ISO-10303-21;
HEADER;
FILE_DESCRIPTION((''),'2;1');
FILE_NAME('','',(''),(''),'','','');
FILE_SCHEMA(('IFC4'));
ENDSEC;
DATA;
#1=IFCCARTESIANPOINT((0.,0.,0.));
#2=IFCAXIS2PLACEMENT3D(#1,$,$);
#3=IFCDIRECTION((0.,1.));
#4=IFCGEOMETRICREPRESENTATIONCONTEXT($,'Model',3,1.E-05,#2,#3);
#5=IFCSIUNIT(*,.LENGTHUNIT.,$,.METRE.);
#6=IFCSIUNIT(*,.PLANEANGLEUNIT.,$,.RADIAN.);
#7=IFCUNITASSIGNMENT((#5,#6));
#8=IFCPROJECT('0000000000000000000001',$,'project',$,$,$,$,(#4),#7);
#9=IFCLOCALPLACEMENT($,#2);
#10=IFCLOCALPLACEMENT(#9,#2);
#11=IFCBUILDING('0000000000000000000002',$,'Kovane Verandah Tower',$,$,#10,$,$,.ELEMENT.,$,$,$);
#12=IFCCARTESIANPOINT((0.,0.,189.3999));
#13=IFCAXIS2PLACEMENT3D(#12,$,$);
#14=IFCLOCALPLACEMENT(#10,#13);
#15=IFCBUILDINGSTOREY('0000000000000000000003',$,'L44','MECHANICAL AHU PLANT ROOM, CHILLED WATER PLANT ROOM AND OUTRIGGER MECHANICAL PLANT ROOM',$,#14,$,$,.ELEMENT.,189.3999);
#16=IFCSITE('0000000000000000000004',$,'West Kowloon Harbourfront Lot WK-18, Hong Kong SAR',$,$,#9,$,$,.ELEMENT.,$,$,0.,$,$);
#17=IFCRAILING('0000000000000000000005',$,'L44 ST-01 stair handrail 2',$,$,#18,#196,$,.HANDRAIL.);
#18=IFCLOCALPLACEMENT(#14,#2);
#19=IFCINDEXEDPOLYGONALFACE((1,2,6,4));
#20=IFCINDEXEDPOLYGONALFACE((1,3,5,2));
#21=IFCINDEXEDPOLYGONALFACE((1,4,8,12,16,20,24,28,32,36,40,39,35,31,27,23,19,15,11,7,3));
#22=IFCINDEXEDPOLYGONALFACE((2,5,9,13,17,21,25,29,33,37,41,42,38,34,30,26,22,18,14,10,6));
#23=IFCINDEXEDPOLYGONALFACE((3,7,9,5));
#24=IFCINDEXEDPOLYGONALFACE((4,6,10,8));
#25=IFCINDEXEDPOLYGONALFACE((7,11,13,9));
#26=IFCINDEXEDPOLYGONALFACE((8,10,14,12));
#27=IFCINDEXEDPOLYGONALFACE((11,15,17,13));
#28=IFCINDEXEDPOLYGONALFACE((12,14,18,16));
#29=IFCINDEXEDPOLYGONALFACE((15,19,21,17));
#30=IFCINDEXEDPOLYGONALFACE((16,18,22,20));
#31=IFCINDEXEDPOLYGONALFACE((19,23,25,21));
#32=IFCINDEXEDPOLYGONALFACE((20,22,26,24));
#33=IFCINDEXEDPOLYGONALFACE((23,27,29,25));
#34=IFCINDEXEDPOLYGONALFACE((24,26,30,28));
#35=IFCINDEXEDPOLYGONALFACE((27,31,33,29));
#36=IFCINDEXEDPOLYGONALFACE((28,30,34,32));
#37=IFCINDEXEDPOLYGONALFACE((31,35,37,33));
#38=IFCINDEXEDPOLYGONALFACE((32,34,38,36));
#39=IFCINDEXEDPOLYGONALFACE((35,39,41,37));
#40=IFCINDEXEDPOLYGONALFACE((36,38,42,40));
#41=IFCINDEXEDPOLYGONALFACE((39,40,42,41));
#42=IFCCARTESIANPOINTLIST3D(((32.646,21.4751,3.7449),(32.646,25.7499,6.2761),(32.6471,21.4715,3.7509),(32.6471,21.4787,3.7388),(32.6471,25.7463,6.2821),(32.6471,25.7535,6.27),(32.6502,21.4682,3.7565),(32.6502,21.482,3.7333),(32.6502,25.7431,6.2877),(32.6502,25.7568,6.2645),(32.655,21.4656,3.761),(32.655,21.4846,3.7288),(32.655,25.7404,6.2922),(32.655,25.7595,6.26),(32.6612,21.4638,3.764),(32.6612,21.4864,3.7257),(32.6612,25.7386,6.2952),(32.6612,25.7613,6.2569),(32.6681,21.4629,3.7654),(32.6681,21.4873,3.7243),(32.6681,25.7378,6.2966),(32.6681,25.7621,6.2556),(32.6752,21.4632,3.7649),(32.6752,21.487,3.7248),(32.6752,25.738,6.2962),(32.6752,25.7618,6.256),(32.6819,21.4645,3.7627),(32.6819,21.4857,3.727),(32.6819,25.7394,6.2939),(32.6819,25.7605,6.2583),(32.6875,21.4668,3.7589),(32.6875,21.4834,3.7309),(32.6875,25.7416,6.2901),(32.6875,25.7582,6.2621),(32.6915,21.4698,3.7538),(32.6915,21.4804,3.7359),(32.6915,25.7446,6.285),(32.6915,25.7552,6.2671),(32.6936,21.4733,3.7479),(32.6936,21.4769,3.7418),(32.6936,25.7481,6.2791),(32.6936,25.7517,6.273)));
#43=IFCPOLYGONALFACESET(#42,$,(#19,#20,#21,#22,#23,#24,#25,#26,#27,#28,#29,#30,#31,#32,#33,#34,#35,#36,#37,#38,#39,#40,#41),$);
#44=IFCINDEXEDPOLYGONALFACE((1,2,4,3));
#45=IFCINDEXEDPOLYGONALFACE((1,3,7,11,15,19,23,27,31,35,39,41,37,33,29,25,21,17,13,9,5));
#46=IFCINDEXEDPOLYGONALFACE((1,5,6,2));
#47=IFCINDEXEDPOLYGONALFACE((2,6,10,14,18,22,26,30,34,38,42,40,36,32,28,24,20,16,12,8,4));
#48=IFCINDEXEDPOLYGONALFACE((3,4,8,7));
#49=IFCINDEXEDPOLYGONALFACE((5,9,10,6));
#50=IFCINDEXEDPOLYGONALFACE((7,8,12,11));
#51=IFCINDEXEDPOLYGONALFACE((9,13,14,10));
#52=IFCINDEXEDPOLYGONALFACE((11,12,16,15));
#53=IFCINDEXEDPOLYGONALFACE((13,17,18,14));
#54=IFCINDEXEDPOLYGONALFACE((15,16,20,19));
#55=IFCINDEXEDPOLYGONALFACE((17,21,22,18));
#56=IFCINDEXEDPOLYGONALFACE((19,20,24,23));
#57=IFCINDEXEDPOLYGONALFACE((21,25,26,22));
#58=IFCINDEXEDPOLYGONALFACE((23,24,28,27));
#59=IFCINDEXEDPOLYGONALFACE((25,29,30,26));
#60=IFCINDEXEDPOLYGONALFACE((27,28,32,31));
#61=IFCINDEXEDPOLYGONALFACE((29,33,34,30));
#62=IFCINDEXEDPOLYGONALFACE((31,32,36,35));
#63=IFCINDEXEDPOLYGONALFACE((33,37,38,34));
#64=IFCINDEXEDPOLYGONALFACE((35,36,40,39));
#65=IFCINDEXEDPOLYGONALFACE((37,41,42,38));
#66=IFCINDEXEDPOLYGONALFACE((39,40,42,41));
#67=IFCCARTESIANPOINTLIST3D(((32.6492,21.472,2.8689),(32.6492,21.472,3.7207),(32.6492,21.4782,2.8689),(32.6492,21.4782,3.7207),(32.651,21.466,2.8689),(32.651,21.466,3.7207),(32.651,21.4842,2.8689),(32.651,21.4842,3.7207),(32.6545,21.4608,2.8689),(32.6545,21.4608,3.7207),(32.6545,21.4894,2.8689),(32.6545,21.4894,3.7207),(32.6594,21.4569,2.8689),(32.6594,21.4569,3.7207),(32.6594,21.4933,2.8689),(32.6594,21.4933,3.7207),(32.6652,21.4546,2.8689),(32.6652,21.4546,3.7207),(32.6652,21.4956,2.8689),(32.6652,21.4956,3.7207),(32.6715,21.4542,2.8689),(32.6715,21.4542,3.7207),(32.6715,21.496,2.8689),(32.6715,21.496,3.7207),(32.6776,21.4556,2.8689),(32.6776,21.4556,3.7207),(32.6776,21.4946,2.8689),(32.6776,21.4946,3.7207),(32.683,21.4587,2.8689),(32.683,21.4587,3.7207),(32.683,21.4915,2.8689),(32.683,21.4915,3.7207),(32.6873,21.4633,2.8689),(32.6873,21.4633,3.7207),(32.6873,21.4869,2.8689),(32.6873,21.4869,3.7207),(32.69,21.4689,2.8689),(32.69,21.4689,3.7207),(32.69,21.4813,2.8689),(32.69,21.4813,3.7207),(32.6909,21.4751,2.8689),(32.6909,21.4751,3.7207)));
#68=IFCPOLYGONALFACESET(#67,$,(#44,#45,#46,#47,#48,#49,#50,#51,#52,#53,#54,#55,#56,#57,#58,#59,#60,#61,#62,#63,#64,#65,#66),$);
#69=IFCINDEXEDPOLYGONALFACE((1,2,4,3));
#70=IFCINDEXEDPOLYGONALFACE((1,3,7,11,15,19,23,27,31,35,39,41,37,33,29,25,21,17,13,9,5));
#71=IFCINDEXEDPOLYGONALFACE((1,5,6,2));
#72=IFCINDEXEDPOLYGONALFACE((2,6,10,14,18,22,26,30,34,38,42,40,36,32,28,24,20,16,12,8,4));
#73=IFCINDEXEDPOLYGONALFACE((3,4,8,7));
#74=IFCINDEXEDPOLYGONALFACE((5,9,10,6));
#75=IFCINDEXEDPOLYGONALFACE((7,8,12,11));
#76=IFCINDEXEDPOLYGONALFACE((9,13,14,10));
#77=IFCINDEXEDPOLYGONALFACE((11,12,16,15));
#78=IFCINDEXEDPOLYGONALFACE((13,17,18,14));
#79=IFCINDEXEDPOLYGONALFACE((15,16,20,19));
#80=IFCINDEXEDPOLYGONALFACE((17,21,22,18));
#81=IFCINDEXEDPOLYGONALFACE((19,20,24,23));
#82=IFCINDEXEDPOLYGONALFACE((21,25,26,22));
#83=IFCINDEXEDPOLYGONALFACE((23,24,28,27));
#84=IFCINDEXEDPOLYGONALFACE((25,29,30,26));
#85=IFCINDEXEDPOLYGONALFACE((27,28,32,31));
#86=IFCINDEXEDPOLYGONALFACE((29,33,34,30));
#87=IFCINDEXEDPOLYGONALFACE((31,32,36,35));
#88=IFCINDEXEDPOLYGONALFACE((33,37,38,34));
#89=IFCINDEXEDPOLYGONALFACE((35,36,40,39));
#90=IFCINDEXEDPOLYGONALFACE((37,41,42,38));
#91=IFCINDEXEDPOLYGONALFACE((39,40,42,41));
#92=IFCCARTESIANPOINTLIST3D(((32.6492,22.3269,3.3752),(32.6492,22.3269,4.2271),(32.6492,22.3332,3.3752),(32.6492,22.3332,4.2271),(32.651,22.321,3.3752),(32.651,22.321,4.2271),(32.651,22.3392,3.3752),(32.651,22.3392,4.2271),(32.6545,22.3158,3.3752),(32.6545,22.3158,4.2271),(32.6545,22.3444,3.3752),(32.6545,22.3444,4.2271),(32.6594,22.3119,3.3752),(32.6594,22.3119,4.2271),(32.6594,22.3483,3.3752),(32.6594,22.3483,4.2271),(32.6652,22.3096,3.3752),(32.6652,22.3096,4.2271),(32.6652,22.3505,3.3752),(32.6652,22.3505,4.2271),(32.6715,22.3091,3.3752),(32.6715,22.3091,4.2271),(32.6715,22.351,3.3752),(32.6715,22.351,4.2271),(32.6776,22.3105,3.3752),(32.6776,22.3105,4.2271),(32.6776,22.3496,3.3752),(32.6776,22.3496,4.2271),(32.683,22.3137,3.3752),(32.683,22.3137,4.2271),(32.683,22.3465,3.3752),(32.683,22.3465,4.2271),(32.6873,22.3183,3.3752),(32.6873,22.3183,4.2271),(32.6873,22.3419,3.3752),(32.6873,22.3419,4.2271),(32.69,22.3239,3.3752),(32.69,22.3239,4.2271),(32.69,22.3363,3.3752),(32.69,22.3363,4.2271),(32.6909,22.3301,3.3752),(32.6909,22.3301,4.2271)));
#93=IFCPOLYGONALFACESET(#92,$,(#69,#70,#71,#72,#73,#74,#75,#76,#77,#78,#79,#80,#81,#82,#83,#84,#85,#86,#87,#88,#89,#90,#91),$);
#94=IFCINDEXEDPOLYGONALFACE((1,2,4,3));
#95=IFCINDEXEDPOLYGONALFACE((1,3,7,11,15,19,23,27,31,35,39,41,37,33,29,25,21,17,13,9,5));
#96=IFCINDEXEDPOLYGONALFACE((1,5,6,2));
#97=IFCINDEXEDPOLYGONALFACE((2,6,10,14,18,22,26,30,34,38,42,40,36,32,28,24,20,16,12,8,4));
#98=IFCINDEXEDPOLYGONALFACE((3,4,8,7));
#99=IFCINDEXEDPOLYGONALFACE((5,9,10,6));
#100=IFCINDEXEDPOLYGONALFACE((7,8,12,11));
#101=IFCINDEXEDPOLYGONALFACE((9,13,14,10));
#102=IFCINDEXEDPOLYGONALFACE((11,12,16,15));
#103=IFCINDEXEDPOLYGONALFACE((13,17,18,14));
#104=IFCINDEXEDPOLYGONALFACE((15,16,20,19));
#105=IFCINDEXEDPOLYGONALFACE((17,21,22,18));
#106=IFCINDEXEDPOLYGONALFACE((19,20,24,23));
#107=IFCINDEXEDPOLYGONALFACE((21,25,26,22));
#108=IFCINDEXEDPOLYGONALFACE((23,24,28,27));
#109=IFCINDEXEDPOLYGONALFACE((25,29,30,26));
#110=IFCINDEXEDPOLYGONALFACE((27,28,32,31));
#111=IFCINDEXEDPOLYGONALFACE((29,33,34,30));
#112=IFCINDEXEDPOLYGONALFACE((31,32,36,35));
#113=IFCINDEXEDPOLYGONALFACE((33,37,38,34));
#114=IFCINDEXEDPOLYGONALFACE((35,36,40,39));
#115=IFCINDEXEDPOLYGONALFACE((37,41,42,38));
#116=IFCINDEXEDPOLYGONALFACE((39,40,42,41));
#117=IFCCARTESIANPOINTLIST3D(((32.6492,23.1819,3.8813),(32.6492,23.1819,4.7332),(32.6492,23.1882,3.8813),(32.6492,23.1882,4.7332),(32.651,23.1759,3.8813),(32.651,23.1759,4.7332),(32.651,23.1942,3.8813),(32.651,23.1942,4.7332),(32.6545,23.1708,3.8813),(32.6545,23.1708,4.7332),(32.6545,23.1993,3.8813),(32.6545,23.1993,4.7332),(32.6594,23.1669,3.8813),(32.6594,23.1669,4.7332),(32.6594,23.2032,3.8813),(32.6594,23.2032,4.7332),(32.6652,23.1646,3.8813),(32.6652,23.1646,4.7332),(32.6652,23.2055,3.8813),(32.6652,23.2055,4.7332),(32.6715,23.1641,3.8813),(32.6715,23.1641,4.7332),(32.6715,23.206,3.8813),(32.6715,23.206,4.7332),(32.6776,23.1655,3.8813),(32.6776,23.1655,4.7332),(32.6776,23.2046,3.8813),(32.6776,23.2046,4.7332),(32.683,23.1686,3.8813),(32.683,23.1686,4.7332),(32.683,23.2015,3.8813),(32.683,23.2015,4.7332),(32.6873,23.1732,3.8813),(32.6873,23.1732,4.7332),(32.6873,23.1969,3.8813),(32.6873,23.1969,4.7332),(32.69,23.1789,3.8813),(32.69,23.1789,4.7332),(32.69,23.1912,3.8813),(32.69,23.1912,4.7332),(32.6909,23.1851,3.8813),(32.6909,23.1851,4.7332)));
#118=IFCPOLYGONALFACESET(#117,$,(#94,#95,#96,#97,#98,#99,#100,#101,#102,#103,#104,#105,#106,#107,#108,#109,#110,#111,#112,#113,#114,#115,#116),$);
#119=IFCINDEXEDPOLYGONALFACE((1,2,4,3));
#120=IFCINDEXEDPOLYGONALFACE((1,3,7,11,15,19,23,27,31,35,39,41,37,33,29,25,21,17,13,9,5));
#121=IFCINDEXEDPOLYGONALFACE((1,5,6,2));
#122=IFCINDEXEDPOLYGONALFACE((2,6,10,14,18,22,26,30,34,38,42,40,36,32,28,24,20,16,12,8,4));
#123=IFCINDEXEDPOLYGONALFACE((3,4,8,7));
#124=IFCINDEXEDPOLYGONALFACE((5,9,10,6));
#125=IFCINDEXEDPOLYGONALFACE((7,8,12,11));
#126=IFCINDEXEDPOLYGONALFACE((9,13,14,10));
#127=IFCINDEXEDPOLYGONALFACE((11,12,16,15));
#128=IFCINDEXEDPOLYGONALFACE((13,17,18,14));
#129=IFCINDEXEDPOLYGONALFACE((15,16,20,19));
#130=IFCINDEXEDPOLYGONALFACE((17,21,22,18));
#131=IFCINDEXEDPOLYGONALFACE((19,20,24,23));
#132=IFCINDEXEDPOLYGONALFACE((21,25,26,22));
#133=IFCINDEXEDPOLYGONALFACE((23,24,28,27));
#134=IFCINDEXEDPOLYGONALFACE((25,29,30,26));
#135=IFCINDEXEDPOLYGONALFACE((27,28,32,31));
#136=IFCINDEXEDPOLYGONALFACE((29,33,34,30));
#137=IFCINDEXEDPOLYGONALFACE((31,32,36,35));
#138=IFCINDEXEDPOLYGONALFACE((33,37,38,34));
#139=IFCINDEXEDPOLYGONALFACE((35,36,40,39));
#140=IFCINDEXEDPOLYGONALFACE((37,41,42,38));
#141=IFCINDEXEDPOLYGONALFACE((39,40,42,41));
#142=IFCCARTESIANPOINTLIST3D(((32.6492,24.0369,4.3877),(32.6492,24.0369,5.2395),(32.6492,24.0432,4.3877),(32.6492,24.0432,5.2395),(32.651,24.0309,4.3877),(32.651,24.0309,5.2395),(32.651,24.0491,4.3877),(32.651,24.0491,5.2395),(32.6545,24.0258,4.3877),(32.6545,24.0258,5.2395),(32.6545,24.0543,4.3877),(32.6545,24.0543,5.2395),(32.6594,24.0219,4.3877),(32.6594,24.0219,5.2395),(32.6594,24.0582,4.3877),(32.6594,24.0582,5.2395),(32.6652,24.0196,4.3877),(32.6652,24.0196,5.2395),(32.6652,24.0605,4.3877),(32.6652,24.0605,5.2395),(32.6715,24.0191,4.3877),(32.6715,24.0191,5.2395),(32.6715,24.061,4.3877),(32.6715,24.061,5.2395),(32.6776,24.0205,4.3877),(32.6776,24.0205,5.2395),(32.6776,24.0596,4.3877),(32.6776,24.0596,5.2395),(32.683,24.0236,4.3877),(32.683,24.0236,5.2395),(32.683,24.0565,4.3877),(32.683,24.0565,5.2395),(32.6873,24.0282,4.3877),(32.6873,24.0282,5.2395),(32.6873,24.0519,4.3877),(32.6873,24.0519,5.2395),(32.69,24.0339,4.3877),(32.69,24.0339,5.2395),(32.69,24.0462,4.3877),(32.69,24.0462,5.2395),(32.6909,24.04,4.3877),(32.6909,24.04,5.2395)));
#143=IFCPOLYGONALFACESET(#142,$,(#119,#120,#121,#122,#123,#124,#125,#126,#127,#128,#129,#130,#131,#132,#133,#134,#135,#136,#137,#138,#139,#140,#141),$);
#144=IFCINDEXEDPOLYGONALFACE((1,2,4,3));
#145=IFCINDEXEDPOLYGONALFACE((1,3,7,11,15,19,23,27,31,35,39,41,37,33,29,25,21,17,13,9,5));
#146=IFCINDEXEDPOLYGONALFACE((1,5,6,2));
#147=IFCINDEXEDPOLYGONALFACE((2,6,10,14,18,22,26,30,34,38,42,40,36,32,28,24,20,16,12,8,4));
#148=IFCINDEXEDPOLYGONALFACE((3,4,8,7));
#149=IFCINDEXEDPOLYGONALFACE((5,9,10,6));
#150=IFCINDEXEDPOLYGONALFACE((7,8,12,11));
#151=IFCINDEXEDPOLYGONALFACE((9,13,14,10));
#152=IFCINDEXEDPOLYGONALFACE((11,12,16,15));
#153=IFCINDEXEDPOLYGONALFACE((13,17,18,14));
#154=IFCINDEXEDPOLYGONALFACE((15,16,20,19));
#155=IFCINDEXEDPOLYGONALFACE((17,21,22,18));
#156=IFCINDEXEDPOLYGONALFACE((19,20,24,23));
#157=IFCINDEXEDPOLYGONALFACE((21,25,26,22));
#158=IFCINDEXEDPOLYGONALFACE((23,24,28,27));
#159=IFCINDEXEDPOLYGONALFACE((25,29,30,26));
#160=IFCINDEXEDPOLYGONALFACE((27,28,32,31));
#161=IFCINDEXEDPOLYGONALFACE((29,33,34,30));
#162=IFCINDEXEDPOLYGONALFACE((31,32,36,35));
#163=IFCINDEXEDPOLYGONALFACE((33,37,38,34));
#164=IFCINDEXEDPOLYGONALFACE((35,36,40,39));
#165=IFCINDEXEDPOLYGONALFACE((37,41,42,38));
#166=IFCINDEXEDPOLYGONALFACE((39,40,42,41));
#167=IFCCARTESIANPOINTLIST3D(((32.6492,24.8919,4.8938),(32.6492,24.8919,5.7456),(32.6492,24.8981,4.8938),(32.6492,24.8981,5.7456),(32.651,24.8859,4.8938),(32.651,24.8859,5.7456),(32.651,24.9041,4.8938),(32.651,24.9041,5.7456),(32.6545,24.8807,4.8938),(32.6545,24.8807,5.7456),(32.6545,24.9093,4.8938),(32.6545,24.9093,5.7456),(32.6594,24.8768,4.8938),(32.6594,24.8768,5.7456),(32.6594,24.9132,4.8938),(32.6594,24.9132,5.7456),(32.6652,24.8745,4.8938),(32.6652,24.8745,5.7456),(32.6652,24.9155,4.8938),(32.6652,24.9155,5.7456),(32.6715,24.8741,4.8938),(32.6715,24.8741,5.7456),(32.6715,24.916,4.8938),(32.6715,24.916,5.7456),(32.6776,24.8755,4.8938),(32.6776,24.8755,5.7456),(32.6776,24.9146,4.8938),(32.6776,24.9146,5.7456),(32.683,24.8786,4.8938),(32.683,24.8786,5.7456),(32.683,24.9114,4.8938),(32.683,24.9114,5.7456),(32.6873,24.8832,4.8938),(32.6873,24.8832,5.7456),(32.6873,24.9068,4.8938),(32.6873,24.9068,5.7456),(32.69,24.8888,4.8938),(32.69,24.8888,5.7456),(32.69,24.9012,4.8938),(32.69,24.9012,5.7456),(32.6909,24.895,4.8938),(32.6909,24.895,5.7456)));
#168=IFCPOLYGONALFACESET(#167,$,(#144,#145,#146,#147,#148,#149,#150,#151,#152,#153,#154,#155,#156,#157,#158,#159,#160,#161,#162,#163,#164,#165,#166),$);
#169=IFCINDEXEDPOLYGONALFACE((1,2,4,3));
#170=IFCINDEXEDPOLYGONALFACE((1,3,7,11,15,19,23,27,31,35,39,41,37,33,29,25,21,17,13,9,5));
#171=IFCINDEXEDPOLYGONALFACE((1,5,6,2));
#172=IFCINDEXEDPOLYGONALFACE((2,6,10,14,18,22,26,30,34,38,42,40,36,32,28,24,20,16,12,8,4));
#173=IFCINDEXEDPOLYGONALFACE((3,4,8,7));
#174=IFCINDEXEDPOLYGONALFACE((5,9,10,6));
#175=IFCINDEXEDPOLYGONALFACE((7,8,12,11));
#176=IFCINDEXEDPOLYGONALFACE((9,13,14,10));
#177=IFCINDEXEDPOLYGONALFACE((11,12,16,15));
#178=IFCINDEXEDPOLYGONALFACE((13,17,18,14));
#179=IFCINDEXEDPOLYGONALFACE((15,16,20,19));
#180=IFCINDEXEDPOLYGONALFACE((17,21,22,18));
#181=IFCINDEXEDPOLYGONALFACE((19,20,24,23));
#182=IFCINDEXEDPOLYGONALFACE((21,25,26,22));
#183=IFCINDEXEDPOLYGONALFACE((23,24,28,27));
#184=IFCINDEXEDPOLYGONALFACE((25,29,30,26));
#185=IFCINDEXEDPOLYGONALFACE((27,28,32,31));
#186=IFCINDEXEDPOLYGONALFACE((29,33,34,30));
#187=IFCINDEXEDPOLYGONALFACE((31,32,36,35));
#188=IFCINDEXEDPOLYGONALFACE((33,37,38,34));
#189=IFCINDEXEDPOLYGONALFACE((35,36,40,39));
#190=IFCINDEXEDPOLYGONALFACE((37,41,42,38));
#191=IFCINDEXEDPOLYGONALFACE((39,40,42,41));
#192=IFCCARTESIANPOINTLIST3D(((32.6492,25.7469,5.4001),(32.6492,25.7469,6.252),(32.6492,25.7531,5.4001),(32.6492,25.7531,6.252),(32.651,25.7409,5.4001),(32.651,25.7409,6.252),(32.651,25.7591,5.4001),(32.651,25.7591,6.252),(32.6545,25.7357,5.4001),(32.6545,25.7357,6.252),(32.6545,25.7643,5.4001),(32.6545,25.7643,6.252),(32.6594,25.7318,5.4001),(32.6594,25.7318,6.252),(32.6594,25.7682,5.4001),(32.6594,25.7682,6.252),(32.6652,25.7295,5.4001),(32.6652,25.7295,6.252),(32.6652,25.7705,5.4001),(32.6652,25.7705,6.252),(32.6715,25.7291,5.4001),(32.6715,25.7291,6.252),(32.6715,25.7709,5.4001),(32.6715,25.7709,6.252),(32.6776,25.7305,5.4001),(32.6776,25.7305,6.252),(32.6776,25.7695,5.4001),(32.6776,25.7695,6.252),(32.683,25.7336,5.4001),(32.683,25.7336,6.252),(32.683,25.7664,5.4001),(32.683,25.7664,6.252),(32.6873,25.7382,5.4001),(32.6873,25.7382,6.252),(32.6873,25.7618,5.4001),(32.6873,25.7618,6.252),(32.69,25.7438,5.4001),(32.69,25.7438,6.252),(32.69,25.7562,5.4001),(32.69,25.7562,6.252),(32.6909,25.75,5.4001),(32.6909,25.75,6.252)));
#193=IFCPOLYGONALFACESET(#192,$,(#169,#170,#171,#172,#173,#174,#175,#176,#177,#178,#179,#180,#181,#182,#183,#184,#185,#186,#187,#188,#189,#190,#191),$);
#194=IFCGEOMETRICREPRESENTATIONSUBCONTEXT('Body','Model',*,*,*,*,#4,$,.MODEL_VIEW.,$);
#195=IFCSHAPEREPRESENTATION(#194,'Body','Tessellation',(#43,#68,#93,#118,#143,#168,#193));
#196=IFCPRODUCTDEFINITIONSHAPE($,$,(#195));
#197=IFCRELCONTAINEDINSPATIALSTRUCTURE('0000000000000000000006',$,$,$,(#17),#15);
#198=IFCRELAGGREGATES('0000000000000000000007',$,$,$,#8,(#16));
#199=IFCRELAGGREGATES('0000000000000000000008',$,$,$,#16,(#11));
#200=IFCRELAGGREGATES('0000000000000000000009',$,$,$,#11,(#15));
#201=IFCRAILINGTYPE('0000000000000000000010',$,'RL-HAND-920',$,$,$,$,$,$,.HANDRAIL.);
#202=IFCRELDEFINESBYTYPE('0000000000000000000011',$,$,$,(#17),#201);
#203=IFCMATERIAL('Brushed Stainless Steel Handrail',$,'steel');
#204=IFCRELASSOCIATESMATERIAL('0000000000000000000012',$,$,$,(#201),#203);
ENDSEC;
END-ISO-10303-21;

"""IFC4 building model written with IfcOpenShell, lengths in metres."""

from ifc_helpers import new_model, si_unit, direction, frame, origin, origin_2d, place, context, subcontext, project, spatial, circle, extrude, material, type_object, element, save


model = new_model("IFC4")

# Units and contexts
model_context = context("Model", 3, precision=1e-05, world=origin(), true_north=direction((0.0, 1.0)))
body_context = subcontext(model_context, "Body", "Model", "MODEL_VIEW")
ifc_project = project(units=[si_unit("LENGTHUNIT", "METRE"), si_unit("PLANEANGLEUNIT", "RADIAN")], contexts=[model_context])

# Site, building, storey
site_placement = place(None, origin())
site = spatial("IfcSite", under=ifc_project, at=site_placement, Name="West Kowloon Harbourfront Lot WK-18, Hong Kong SAR", CompositionType="ELEMENT", RefElevation=0.0)
building_placement = place(site_placement, origin())
building = spatial("IfcBuilding", under=site, at=building_placement, Name="Kovane Verandah Tower", CompositionType="ELEMENT")
storey_placement = place(building_placement, frame((0.0, 0.0, 189.3999)))
storey = spatial("IfcBuildingStorey", under=building, at=storey_placement, Name="L44", Description="MECHANICAL AHU PLANT ROOM, CHILLED WATER PLANT ROOM AND OUTRIGGER MECHANICAL PLANT ROOM", CompositionType="ELEMENT", Elevation=189.3999)

# Railing
ifc_material_1 = material(Name="Brushed Stainless Steel Handrail", Category="steel")
railing_type_1 = type_object("IfcRailingType", Name="RL-HAND-920", PredefinedType="HANDRAIL", material=ifc_material_1)
railing_1_placement = place(storey_placement, frame((32.6699, 21.4751, 2.8689)))
element("IfcRailing", 1, at=railing_1_placement, inside=storey, type_object=railing_type_1, Name="L44 ST-01 stair handrail 2", PredefinedType="HANDRAIL", context=body_context, shape_type="SweptSolid", body=[
    extrude(circle(Radius=0.0239, at=origin_2d()), frame((0.0, 0.0, 0.876), z_axis=(0.0, 0.86047, 0.509501), x_axis=(-1.0, 0.0, 0.0)), (0.0, 0.0, 1.0), 4.968),
    extrude(circle(Radius=0.021, at=origin_2d()), origin(), (0.0, 0.0, 1.0), 0.8518),
    extrude(circle(Radius=0.021, at=origin_2d()), frame((0.0, 0.855, 0.5063)), (0.0, 0.0, 1.0), 0.8518),
    extrude(circle(Radius=0.021, at=origin_2d()), frame((0.0, 1.71, 1.0125)), (0.0, 0.0, 1.0), 0.8518),
    extrude(circle(Radius=0.021, at=origin_2d()), frame((0.0, 2.5649, 1.5188)), (0.0, 0.0, 1.0), 0.8518),
    extrude(circle(Radius=0.021, at=origin_2d()), frame((0.0, 3.4199, 2.0249)), (0.0, 0.0, 1.0), 0.8518),
    extrude(circle(Radius=0.021, at=origin_2d()), frame((0.0, 4.2749, 2.5312)), (0.0, 0.0, 1.0), 0.8518),
])

save(model, "model.ifc")
